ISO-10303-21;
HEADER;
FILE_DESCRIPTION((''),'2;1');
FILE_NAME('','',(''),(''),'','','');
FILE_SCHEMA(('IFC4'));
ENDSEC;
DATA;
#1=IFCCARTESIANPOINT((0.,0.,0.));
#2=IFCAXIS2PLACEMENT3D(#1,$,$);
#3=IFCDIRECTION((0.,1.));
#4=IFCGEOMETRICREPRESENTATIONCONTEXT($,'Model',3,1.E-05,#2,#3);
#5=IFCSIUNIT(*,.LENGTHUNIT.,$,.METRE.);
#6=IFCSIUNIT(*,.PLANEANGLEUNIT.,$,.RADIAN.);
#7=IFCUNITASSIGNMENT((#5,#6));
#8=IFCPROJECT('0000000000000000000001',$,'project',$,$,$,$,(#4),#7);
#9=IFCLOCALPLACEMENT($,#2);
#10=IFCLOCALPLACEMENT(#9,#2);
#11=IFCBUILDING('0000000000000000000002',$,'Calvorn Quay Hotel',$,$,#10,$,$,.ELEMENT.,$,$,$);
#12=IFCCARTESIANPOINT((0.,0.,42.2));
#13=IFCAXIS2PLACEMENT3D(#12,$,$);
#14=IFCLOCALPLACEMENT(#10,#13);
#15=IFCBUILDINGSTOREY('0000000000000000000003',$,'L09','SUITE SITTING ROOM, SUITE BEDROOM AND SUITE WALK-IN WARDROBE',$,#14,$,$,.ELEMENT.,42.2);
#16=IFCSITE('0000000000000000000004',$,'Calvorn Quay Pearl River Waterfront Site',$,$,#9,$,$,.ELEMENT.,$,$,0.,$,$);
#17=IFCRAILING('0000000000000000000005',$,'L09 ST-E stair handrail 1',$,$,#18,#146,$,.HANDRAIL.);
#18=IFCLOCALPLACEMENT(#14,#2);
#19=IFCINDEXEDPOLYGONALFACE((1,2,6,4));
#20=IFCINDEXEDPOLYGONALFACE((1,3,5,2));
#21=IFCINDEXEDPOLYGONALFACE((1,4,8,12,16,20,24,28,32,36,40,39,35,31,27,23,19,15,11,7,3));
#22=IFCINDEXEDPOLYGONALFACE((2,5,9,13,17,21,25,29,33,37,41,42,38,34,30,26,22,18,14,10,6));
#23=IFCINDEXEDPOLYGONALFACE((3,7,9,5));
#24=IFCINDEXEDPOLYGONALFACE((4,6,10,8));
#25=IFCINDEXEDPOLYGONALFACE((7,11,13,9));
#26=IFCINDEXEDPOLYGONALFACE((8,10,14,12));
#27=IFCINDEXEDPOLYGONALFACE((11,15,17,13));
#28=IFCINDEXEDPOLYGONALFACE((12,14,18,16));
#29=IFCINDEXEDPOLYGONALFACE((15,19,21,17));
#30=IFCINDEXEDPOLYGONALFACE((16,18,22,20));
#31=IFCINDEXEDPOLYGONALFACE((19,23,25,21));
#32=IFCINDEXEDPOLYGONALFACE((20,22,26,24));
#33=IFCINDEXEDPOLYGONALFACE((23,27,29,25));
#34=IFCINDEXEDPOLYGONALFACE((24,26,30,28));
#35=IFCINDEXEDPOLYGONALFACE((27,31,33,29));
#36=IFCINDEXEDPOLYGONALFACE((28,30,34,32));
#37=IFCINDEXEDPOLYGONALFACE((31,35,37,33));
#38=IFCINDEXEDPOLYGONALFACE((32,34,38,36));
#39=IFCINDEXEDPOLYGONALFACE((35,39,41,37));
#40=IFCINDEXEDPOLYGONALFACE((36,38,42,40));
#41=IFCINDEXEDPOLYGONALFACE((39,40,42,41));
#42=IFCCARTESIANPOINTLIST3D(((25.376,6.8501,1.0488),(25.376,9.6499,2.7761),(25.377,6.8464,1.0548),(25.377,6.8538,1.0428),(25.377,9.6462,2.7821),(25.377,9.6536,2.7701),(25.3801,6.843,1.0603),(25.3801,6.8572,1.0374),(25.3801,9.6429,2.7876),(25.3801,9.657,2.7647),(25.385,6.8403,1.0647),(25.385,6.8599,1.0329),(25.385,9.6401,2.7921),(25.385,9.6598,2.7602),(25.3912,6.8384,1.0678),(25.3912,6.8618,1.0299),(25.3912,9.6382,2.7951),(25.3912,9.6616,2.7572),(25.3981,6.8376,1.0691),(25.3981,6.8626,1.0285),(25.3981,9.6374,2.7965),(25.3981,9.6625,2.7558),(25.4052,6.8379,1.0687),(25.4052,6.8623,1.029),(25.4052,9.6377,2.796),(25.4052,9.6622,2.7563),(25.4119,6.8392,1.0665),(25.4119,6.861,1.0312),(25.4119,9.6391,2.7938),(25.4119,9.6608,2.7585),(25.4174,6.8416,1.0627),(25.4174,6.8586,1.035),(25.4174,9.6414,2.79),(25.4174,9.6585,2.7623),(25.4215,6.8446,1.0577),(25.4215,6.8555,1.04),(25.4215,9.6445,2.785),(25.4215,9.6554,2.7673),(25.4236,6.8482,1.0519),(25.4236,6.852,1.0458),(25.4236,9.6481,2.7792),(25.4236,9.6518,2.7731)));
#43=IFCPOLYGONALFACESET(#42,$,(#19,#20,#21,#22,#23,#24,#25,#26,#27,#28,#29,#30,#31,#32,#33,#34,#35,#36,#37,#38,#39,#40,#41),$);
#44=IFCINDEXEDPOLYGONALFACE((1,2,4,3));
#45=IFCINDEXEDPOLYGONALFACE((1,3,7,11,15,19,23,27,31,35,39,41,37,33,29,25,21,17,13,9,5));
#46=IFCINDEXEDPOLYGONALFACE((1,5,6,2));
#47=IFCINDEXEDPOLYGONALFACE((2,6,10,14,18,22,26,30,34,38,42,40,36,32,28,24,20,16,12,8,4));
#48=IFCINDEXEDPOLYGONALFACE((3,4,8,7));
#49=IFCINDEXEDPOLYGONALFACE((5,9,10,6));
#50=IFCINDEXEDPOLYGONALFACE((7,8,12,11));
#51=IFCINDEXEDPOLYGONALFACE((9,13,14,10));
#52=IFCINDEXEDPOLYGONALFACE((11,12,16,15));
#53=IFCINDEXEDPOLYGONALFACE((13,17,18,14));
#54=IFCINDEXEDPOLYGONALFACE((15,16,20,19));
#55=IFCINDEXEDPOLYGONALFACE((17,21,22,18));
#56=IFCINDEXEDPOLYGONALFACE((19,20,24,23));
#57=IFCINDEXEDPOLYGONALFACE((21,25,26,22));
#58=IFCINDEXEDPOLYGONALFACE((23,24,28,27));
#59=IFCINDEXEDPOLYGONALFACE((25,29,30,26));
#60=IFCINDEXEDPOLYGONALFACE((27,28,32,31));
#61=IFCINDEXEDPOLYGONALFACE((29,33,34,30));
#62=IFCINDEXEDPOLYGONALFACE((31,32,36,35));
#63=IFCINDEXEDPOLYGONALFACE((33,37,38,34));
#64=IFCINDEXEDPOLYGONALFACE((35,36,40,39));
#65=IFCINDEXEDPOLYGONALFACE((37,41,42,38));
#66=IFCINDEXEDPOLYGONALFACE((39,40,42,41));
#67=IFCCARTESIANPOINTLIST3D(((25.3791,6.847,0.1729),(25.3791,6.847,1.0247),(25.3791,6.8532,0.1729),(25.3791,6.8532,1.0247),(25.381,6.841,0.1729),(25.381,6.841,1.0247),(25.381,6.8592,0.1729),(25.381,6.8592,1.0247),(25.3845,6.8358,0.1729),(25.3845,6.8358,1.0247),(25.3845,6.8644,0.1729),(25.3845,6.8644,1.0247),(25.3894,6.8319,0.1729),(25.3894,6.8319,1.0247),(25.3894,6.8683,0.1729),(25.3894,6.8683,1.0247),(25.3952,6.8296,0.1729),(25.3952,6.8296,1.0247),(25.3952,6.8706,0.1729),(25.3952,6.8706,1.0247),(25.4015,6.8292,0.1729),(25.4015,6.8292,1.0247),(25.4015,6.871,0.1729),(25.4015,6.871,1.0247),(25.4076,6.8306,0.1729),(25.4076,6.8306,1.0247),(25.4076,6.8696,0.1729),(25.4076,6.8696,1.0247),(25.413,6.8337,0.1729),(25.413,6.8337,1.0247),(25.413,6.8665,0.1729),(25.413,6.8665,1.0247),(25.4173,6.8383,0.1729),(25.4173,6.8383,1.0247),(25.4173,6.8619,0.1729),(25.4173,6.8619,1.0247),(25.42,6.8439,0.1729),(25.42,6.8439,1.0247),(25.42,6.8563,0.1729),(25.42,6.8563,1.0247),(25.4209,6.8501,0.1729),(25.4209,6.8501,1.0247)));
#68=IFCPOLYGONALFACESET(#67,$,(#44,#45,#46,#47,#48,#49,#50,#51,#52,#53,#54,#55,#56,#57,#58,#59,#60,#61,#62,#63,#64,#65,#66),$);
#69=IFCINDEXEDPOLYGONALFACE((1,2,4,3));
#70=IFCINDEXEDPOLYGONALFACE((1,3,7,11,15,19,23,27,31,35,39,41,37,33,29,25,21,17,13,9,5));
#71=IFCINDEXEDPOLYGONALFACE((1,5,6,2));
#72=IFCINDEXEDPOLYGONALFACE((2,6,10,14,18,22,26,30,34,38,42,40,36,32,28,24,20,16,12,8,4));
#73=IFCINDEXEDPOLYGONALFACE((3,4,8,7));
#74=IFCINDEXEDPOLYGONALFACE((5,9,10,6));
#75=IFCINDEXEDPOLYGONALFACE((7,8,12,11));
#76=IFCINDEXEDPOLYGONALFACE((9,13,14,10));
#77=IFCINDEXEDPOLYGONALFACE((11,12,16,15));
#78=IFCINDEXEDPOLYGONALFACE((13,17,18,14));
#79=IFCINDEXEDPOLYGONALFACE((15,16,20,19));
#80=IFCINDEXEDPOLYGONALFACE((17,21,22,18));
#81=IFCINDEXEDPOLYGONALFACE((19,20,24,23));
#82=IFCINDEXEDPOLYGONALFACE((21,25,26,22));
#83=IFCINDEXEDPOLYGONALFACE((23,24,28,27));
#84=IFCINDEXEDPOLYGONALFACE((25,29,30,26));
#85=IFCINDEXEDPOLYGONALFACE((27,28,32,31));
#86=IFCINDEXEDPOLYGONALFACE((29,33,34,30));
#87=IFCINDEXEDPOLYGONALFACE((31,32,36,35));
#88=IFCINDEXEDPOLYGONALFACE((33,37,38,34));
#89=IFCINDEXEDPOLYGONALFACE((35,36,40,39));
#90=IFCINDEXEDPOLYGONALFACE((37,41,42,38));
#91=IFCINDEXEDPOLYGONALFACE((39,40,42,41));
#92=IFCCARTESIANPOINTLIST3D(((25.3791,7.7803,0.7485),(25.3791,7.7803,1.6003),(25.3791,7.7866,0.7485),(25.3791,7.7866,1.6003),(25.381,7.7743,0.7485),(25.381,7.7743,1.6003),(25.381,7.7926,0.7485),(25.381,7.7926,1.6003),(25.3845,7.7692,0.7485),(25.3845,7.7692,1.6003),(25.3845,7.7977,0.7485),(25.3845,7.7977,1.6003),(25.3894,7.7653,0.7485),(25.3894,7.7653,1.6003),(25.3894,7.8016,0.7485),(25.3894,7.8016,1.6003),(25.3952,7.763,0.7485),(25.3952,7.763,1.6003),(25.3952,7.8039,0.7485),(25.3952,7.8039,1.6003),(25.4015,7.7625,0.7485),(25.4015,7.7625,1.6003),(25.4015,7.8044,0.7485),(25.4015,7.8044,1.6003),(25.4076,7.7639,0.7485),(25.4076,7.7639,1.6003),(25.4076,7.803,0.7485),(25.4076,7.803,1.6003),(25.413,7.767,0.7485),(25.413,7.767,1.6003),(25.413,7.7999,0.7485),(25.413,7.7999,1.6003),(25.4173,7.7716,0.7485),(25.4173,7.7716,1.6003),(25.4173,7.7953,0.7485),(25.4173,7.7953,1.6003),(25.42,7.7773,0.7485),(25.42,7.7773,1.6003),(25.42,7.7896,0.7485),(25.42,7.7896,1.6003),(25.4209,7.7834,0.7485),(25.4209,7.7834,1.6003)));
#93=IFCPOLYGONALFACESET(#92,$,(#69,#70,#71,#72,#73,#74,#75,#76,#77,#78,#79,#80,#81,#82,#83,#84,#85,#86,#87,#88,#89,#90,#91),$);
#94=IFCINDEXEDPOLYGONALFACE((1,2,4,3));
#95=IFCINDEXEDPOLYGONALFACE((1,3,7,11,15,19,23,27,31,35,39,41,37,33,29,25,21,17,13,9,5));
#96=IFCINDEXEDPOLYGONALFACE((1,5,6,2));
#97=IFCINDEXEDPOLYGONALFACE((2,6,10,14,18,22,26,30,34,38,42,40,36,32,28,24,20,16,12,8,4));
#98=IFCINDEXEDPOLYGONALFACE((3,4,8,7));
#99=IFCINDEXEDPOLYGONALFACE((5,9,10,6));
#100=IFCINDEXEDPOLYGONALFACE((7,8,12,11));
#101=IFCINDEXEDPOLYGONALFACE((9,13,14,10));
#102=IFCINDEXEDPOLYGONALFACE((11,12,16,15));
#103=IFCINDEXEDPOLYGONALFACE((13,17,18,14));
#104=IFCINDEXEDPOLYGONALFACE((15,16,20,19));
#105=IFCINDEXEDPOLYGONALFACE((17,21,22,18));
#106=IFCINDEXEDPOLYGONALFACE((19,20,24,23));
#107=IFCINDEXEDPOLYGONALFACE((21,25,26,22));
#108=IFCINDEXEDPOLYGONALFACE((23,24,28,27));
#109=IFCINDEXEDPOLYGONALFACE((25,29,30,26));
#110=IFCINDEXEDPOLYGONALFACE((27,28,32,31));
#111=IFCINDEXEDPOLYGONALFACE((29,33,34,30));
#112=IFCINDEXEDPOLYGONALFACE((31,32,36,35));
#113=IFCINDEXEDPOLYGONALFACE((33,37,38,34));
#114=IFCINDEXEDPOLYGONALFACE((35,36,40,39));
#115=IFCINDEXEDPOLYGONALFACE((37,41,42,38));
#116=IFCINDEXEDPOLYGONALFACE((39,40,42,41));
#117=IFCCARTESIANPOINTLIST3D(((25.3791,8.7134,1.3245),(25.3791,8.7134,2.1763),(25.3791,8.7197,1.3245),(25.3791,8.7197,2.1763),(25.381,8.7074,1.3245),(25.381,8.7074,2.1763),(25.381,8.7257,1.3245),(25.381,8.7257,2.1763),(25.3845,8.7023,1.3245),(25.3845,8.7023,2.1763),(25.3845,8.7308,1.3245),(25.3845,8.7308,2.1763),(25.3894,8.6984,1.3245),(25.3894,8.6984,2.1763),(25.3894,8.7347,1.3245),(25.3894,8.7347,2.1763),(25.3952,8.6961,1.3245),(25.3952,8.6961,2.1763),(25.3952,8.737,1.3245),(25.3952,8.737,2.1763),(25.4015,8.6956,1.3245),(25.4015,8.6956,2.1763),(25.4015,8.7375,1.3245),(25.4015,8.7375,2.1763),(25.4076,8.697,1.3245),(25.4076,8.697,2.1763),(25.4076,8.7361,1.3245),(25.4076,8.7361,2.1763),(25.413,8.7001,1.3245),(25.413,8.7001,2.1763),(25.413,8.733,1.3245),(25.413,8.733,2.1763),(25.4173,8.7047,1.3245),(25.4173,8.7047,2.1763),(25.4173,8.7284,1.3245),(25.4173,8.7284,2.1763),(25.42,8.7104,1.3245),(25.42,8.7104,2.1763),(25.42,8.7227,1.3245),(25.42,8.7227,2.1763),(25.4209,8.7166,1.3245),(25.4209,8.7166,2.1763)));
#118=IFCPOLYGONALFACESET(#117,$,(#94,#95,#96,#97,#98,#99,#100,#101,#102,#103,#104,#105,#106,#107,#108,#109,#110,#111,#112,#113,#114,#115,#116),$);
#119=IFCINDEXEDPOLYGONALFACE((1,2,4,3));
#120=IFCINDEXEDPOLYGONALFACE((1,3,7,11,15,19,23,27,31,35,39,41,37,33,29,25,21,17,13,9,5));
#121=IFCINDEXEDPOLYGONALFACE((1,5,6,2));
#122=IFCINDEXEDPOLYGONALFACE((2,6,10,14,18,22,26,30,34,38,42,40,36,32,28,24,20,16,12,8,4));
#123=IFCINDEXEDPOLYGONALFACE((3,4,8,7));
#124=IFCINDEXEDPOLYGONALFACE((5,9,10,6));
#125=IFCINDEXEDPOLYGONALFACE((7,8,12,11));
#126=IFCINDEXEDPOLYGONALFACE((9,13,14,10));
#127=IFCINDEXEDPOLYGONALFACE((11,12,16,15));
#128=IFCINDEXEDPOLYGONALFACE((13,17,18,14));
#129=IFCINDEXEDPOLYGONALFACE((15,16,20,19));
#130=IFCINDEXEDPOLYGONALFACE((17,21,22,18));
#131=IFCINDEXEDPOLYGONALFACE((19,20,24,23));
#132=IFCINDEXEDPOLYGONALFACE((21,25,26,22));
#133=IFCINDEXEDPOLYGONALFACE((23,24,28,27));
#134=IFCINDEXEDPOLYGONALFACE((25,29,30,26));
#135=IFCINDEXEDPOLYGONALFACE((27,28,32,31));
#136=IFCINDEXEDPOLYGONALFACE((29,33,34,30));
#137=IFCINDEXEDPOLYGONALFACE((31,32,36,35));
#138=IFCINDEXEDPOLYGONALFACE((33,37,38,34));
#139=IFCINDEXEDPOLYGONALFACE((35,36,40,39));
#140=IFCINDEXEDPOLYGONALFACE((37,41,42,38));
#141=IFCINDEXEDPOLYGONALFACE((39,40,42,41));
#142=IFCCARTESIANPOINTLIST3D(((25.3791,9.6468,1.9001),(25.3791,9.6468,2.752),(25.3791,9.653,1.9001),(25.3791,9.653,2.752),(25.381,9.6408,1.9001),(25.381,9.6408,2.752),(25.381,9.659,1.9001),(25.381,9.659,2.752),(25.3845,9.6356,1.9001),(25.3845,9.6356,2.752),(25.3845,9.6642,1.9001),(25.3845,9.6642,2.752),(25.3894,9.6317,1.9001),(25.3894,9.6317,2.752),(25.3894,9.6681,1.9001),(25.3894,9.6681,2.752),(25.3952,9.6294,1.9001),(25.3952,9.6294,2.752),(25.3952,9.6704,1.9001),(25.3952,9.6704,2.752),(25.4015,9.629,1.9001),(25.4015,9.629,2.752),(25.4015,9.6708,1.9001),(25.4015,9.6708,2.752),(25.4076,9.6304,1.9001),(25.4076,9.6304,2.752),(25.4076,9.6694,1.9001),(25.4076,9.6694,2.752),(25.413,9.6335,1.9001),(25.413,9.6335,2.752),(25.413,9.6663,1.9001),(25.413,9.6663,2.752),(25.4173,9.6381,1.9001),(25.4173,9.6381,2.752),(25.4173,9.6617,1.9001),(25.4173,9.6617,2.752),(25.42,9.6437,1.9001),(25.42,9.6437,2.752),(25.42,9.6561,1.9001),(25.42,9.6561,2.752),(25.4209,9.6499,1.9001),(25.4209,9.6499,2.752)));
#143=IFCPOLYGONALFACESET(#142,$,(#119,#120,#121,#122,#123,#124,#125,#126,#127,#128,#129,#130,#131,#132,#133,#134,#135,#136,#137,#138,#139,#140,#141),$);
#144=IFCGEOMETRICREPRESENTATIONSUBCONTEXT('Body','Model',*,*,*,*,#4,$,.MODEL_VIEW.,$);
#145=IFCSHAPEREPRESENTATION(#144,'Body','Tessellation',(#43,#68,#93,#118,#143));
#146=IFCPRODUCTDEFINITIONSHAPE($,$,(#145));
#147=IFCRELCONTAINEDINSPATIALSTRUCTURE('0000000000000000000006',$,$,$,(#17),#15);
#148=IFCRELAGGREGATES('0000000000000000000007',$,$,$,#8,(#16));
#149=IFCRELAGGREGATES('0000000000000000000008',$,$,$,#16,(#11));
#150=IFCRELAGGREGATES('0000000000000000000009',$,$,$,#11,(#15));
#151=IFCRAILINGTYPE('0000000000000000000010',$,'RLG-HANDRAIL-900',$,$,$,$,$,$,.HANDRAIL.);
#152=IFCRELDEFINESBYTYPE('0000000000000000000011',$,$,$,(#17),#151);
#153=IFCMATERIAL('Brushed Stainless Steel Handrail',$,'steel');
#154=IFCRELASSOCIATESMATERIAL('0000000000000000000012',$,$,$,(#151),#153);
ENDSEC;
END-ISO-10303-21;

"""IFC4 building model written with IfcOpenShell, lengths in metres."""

from ifc_helpers import new_model, si_unit, direction, frame, origin, origin_2d, place, context, subcontext, project, spatial, circle, extrude, material, type_object, element, save


model = new_model("IFC4")

# Units and contexts
model_context = context("Model", 3, precision=1e-05, world=origin(), true_north=direction((0.0, 1.0)))
body_context = subcontext(model_context, "Body", "Model", "MODEL_VIEW")
ifc_project = project(units=[si_unit("LENGTHUNIT", "METRE"), si_unit("PLANEANGLEUNIT", "RADIAN")], contexts=[model_context])

# Site, building, storey
site_placement = place(None, origin())
site = spatial("IfcSite", under=ifc_project, at=site_placement, Name="Calvorn Quay Pearl River Waterfront Site", CompositionType="ELEMENT", RefElevation=0.0)
building_placement = place(site_placement, origin())
building = spatial("IfcBuilding", under=site, at=building_placement, Name="Calvorn Quay Hotel", CompositionType="ELEMENT")
storey_placement = place(building_placement, frame((0.0, 0.0, 42.2)))
storey = spatial("IfcBuildingStorey", under=building, at=storey_placement, Name="L09", Description="SUITE SITTING ROOM, SUITE BEDROOM AND SUITE WALK-IN WARDROBE", CompositionType="ELEMENT", Elevation=42.2)

# Railing
ifc_material_1 = material(Name="Brushed Stainless Steel Handrail", Category="steel")
railing_type_1 = type_object("IfcRailingType", Name="RLG-HANDRAIL-900", PredefinedType="HANDRAIL", material=ifc_material_1)
railing_1_placement = place(storey_placement, frame((25.3999, 6.8501, 0.1729)))
element("IfcRailing", 1, at=railing_1_placement, inside=storey, type_object=railing_type_1, Name="L09 ST-E stair handrail 1", PredefinedType="HANDRAIL", context=body_context, shape_type="SweptSolid", body=[
    extrude(circle(Radius=0.0239, at=origin_2d()), frame((0.0, 0.0, 0.876), z_axis=(0.0, 0.851069, 0.525054), x_axis=(-1.0, 0.0, 0.0)), (0.0, 0.0, 1.0), 3.2898),
    extrude(circle(Radius=0.021, at=origin_2d()), origin(), (0.0, 0.0, 1.0), 0.8518),
    extrude(circle(Radius=0.021, at=origin_2d()), frame((0.0, 0.9333, 0.5757)), (0.0, 0.0, 1.0), 0.8518),
    extrude(circle(Radius=0.021, at=origin_2d()), frame((0.0, 1.8665, 1.1516)), (0.0, 0.0, 1.0), 0.8518),
    extrude(circle(Radius=0.021, at=origin_2d()), frame((0.0, 2.7998, 1.7273)), (0.0, 0.0, 1.0), 0.8518),
])

save(model, "model.ifc")
